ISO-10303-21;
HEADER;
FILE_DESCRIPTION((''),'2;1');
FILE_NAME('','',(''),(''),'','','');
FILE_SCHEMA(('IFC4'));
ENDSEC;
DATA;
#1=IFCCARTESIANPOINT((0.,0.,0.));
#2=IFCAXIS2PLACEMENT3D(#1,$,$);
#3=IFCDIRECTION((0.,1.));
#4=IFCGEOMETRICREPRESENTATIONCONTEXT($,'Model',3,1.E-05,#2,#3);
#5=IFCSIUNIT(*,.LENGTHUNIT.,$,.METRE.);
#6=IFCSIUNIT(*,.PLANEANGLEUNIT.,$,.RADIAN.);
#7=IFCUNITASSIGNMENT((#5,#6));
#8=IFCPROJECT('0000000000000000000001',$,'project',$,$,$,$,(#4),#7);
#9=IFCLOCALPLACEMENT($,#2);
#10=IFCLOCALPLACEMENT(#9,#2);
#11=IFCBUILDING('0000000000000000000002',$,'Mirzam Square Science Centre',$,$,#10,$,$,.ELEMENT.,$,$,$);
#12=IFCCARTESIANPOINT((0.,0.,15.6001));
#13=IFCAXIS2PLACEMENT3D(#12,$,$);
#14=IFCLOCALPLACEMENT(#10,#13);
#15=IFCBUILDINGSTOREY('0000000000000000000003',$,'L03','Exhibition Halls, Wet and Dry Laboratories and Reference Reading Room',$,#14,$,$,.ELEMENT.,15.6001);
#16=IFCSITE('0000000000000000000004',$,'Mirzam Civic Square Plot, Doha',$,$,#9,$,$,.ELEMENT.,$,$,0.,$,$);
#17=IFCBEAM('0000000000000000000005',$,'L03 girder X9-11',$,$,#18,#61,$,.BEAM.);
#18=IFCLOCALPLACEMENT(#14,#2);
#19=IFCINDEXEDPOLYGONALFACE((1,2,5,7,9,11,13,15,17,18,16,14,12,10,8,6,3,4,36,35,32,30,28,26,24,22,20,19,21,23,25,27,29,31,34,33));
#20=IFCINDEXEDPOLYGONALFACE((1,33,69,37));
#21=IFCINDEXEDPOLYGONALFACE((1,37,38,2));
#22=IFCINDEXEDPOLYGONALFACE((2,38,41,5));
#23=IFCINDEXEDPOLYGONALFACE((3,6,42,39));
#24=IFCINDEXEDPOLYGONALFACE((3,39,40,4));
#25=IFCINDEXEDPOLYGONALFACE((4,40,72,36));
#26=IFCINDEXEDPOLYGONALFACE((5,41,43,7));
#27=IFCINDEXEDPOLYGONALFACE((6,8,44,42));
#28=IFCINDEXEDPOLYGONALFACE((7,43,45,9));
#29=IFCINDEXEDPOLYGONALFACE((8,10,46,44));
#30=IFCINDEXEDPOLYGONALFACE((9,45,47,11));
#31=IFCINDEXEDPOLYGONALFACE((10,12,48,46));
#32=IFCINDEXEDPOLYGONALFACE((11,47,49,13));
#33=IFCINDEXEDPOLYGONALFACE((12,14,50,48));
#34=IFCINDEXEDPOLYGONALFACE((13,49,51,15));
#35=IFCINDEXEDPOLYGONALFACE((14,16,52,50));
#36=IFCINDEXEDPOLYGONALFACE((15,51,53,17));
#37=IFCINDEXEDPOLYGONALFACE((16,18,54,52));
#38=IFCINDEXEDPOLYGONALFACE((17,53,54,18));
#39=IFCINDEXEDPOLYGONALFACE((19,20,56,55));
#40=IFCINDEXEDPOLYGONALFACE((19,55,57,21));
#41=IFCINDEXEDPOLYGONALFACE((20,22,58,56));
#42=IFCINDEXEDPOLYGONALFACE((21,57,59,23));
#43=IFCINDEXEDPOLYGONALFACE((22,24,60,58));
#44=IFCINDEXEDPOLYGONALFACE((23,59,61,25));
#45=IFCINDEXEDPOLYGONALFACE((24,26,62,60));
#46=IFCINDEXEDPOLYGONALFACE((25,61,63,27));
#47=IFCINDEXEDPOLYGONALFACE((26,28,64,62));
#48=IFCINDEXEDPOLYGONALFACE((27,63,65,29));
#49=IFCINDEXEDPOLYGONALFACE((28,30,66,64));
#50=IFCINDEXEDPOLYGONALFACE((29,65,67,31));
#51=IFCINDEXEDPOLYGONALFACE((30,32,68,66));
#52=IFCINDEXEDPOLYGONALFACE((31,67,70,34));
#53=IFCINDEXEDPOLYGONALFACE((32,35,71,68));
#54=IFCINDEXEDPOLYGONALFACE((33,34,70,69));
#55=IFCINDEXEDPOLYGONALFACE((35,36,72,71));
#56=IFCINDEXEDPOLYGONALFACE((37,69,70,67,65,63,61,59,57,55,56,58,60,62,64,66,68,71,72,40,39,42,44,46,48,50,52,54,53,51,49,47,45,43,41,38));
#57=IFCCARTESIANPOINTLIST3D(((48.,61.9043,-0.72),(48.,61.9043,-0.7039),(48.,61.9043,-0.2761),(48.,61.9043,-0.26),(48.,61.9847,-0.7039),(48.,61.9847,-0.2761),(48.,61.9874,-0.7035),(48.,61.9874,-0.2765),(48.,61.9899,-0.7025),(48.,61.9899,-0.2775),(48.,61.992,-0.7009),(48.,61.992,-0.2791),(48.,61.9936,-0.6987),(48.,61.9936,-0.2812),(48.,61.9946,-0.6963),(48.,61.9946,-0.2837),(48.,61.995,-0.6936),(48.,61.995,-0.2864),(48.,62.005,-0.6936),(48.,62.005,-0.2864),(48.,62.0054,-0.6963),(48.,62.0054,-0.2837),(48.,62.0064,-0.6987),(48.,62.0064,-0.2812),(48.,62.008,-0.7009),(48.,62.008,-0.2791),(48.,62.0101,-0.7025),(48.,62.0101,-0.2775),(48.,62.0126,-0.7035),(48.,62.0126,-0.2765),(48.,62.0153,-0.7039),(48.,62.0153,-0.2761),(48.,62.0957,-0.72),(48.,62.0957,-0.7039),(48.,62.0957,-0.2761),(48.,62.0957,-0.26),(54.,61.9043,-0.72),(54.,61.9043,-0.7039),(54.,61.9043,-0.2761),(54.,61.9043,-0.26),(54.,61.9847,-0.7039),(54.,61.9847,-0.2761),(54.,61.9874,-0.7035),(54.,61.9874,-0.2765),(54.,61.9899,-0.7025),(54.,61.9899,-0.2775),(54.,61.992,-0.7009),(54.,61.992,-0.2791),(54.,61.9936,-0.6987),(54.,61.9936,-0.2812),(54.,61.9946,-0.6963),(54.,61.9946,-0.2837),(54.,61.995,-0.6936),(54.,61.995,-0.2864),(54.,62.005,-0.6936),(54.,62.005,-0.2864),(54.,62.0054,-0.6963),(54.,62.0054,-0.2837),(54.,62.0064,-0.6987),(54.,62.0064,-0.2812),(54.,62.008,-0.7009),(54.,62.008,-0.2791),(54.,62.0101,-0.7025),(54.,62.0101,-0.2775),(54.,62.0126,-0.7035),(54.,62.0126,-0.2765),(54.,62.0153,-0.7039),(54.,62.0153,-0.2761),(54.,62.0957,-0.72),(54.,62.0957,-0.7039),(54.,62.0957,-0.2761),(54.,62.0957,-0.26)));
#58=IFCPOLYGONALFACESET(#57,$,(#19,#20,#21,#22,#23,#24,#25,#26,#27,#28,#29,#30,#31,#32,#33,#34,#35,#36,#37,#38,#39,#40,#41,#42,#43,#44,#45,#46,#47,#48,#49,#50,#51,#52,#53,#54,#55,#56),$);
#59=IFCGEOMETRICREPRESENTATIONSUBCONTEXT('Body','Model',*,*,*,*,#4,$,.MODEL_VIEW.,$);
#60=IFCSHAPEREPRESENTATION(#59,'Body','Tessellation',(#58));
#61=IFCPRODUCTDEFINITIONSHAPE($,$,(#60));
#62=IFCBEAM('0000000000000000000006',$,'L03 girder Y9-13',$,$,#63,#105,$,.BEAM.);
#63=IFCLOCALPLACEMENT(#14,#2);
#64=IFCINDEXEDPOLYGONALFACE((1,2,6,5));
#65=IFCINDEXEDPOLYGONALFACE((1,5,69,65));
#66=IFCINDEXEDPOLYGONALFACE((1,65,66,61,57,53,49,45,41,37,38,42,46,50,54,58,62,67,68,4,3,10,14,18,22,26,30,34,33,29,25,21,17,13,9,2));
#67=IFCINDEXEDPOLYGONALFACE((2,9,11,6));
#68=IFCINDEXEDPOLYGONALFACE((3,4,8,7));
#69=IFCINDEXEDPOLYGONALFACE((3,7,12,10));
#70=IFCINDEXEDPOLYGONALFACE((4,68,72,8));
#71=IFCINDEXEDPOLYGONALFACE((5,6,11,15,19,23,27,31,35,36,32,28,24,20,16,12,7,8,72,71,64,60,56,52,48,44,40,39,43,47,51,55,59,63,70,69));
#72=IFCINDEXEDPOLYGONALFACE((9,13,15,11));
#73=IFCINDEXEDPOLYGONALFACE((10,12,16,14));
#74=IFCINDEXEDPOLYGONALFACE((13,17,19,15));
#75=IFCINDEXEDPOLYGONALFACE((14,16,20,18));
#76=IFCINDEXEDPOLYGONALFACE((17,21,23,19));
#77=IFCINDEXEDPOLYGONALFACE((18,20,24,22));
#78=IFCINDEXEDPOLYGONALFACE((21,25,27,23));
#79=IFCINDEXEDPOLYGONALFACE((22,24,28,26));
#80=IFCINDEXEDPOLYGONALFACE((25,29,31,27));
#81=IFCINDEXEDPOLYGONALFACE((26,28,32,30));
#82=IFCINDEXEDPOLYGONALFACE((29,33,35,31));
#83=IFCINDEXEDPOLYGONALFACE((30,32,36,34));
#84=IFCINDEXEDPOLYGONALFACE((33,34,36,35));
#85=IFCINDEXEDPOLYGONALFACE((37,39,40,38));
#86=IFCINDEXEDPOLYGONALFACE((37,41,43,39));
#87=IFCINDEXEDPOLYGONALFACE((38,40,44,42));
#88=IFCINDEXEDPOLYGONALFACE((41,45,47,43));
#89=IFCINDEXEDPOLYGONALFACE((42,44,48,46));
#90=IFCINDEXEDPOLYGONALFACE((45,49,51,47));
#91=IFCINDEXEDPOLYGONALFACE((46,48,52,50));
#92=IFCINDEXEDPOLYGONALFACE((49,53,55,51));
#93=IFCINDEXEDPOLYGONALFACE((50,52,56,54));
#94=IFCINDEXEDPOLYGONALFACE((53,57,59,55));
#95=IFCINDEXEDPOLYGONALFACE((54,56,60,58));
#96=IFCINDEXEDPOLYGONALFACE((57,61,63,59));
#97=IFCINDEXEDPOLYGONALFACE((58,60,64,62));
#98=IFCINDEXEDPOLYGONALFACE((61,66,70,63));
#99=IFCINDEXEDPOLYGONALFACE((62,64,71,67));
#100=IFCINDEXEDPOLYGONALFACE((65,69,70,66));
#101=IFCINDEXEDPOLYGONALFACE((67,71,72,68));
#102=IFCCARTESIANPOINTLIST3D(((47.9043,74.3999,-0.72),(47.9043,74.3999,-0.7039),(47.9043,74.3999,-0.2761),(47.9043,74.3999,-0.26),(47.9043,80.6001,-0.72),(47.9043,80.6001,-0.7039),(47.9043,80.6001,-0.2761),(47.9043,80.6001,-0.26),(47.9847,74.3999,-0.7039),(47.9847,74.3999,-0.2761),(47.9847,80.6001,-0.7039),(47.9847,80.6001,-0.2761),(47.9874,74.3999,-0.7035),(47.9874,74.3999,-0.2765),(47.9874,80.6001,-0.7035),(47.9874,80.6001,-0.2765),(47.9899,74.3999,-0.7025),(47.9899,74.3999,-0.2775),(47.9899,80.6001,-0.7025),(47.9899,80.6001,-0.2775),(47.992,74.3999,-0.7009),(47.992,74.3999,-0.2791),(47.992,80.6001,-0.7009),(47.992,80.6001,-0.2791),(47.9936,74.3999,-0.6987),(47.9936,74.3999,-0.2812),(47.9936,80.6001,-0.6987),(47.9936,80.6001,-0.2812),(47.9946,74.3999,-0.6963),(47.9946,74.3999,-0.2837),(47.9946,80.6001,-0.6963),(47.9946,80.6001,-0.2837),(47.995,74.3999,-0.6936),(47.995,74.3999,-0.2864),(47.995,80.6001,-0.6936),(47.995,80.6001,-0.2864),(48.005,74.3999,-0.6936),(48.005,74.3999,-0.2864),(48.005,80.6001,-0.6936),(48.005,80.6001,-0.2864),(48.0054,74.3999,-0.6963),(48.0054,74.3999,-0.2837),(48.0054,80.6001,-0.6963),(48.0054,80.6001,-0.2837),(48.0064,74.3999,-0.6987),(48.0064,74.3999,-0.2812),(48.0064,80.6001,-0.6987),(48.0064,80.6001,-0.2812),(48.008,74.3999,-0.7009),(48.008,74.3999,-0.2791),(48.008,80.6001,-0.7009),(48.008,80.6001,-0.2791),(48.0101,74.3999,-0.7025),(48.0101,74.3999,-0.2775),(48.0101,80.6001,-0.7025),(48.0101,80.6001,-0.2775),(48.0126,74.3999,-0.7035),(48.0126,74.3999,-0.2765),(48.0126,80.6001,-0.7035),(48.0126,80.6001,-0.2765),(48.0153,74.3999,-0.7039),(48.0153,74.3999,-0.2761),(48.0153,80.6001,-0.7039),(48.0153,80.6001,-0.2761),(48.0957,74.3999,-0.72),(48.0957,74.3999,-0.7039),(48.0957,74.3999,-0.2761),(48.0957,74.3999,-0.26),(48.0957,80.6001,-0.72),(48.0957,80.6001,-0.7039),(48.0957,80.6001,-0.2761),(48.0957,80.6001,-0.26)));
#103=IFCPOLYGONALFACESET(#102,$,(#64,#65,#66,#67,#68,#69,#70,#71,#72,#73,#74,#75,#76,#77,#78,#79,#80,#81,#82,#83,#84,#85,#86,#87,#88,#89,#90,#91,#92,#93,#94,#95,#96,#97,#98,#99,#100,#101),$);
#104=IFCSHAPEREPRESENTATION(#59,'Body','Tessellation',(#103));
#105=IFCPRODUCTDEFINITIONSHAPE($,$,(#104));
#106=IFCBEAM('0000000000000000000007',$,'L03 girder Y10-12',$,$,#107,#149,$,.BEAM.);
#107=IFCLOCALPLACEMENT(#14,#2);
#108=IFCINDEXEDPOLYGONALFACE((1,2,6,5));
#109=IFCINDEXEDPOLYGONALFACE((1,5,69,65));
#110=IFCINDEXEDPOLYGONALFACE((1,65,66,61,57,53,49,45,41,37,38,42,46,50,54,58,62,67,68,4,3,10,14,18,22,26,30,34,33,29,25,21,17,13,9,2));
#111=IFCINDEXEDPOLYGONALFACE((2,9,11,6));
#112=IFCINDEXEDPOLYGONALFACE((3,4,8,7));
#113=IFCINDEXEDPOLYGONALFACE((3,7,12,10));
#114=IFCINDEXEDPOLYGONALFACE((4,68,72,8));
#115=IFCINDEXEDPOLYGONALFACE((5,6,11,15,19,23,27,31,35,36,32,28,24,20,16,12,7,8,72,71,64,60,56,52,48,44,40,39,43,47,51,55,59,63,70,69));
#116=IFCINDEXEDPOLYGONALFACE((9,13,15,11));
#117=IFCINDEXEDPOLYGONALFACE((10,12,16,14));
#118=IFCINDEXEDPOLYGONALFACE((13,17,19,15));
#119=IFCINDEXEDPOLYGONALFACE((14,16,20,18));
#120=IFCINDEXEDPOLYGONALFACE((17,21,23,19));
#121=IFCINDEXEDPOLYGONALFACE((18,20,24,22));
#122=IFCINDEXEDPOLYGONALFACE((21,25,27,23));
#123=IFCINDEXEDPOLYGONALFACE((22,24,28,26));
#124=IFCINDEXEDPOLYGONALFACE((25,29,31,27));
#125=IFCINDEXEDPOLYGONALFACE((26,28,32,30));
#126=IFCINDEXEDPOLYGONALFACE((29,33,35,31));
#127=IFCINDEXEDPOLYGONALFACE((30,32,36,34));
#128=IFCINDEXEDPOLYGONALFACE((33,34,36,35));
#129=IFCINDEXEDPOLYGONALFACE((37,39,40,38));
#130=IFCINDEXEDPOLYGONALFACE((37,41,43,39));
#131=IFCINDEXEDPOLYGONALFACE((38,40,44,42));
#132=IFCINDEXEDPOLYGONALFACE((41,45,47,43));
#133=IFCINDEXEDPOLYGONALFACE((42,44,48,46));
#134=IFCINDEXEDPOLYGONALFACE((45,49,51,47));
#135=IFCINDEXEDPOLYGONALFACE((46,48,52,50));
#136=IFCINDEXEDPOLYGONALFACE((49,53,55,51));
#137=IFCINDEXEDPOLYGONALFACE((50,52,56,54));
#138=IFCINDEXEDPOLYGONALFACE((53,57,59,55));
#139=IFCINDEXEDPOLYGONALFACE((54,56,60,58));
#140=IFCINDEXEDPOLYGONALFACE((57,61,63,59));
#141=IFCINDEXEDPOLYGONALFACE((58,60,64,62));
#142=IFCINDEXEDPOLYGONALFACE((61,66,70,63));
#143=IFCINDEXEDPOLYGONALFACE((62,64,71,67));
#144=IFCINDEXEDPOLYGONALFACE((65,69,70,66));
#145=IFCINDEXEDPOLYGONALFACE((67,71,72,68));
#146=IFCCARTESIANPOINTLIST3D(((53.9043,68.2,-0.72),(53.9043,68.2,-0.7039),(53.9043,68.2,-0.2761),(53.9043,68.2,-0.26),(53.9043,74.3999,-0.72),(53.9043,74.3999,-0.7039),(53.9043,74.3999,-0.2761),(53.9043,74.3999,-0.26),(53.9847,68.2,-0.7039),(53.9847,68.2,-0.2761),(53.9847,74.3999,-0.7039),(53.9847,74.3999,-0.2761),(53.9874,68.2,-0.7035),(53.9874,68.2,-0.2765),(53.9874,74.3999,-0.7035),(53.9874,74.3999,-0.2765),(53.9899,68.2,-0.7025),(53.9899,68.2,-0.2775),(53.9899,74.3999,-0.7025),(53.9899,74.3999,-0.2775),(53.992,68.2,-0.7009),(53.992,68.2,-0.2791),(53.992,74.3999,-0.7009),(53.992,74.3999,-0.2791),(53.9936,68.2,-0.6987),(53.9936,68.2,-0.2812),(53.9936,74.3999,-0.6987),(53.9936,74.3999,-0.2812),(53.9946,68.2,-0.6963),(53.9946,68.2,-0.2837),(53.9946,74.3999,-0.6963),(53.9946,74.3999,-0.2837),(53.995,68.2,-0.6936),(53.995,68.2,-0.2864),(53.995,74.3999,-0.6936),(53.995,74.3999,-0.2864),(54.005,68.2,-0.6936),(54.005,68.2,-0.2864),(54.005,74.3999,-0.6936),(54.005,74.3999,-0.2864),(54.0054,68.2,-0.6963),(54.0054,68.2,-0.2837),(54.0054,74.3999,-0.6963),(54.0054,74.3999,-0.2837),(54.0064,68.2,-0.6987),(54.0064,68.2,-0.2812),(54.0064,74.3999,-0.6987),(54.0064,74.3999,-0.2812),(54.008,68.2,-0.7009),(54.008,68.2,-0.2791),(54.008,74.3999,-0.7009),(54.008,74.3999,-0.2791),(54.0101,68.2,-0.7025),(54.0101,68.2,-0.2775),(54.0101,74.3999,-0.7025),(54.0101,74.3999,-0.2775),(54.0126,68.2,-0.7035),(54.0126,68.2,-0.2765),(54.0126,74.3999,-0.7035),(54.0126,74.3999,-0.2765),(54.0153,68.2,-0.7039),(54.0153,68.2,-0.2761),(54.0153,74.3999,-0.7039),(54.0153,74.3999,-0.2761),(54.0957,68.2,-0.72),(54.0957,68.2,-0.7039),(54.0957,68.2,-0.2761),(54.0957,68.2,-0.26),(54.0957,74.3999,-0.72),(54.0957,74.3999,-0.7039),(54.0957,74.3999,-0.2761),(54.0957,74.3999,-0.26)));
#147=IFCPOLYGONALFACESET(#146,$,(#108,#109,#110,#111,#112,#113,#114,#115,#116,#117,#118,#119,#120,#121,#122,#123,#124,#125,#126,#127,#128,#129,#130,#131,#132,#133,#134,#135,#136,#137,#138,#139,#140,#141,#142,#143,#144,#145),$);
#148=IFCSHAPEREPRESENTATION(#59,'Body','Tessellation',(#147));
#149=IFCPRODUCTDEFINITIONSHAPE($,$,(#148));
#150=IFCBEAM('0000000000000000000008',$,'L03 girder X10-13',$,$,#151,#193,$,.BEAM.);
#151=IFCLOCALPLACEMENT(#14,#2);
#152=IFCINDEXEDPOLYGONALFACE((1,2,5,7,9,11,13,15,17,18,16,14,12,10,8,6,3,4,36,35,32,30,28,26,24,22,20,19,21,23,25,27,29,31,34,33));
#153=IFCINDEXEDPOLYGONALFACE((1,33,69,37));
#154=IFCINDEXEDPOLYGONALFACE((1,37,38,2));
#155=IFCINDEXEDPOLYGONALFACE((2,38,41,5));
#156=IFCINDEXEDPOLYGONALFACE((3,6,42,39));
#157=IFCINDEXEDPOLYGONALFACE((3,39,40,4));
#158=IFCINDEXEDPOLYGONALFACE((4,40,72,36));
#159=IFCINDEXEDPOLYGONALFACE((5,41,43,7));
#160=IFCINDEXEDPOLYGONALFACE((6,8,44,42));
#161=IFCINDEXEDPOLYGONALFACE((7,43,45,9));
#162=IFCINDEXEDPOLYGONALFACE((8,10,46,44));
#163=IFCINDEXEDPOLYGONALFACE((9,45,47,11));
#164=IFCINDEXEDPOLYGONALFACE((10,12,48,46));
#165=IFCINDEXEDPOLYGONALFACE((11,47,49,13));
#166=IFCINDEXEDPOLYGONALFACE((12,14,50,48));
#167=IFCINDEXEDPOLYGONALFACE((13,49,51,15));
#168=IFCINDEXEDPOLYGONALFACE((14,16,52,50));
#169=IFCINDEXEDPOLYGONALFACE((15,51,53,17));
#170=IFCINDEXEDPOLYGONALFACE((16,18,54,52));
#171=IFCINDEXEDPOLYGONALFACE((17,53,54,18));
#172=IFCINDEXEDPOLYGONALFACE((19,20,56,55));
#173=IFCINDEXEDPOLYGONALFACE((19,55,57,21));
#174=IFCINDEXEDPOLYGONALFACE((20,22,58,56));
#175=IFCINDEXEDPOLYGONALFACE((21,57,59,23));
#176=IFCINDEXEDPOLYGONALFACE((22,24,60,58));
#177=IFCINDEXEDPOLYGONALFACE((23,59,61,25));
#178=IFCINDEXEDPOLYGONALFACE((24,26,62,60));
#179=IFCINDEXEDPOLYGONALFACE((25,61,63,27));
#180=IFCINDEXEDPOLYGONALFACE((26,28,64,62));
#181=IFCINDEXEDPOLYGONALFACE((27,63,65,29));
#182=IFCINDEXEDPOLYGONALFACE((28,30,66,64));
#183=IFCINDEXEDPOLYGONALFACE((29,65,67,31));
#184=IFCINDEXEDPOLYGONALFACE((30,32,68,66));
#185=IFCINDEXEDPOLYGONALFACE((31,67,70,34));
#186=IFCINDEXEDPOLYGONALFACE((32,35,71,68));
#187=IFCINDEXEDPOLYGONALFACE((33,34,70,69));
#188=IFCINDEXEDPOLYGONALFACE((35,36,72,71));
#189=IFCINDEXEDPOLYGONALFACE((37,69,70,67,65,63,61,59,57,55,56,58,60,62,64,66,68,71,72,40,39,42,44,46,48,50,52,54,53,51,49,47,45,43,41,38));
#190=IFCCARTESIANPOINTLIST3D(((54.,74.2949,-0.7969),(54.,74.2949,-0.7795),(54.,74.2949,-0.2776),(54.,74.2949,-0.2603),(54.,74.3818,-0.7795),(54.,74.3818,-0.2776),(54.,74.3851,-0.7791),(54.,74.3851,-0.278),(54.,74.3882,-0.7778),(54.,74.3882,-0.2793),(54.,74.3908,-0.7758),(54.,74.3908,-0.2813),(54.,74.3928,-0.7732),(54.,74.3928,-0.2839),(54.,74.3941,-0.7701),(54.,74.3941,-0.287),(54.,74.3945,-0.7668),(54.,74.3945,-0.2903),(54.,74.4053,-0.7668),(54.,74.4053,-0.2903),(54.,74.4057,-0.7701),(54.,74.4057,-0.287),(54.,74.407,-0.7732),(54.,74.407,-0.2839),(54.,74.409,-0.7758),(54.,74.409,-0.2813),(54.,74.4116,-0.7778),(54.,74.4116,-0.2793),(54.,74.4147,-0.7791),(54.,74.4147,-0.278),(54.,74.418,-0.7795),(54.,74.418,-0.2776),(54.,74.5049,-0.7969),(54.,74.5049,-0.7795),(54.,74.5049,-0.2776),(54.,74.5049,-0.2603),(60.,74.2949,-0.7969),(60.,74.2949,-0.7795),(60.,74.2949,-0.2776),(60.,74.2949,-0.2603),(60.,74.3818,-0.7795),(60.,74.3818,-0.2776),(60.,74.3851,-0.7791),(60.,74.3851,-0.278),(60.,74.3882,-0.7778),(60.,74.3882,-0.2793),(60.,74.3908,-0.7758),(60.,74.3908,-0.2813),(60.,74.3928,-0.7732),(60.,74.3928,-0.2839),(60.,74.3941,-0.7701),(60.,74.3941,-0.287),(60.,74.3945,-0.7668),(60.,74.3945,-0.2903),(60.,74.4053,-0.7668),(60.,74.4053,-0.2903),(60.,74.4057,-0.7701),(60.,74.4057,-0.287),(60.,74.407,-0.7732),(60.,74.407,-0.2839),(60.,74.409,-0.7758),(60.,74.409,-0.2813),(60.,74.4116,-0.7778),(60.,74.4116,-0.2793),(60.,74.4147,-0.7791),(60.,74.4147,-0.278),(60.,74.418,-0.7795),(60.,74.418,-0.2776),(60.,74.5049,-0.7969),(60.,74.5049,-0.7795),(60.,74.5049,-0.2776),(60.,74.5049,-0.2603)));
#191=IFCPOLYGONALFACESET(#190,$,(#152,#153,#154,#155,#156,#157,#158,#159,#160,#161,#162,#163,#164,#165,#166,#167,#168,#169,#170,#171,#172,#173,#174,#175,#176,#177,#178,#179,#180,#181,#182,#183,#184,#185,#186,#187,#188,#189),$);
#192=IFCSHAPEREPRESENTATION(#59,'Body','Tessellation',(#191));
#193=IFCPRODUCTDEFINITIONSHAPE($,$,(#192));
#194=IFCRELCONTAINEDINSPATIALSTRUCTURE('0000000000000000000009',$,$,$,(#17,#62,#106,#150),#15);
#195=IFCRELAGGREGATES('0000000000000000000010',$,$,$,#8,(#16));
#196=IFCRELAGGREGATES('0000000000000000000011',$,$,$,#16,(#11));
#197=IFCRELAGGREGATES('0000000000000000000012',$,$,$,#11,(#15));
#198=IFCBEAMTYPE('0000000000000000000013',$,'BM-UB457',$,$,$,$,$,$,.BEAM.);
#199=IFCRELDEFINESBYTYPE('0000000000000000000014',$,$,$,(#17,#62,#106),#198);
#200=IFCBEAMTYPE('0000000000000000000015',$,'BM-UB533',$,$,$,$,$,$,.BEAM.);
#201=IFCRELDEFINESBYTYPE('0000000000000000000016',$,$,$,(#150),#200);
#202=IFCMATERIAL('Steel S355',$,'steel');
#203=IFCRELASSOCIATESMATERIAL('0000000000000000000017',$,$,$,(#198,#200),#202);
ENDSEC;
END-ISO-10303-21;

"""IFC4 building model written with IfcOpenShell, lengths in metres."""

from ifc_helpers import new_model, si_unit, direction, frame, origin, origin_2d, place, context, subcontext, project, spatial, i_section, extrude, material, material_profile, profile_set, type_object, element, save


model = new_model("IFC4")

# Units and contexts
model_context = context("Model", 3, precision=1e-05, world=origin(), true_north=direction((0.0, 1.0)))
body_context = subcontext(model_context, "Body", "Model", "MODEL_VIEW")
ifc_project = project(units=[si_unit("LENGTHUNIT", "METRE"), si_unit("PLANEANGLEUNIT", "RADIAN")], contexts=[model_context])

# Site, building, storey
site_placement = place(None, origin())
site = spatial("IfcSite", under=ifc_project, at=site_placement, Name="Mirzam Civic Square Plot, Doha", CompositionType="ELEMENT", RefElevation=0.0)
building_placement = place(site_placement, origin())
building = spatial("IfcBuilding", under=site, at=building_placement, Name="Mirzam Square Science Centre", CompositionType="ELEMENT")
storey_placement = place(building_placement, frame((0.0, 0.0, 15.6001)))
storey = spatial("IfcBuildingStorey", under=building, at=storey_placement, Name="L03", Description="Exhibition Halls, Wet and Dry Laboratories and Reference Reading Room", CompositionType="ELEMENT", Elevation=15.6001)

# Shared definitions
ifc_material_1 = material(Name="Steel S355", Category="steel")

# Beams
ifc_material_profile_1 = material_profile(ifc_material_1, i_section(OverallWidth=0.1914, OverallDepth=0.46, WebThickness=0.01, FlangeThickness=0.0161, FilletRadius=0.0103, at=origin_2d()), Name="457x191x82UB")
ifc_profile_set_1 = profile_set([ifc_material_profile_1], Name="Steel S355")
beam_type_1 = type_object("IfcBeamType", Name="BM-UB457", PredefinedType="BEAM", material=ifc_profile_set_1)
beam_1_placement = place(storey_placement, frame((48.0, 62.0, -0.49), z_axis=(1.0, 0.0, 0.0), x_axis=(0.0, 1.0, 0.0)))
element("IfcBeam", 1, at=beam_1_placement, inside=storey, type_object=beam_type_1, Name="L03 girder X9-11", PredefinedType="BEAM", context=body_context, shape_type="SweptSolid", body=[
    extrude(i_section(OverallWidth=0.1914, OverallDepth=0.46, WebThickness=0.01, FlangeThickness=0.0161, FilletRadius=0.0103, at=origin_2d()), origin(), (0.0, 0.0, 1.0), 6.0),
])
beam_2_placement = place(storey_placement, frame((48.0, 74.3999, -0.49), z_axis=(0.0, 1.0, 0.0), x_axis=(-1.0, 0.0, 0.0)))
element("IfcBeam", 2, at=beam_2_placement, inside=storey, type_object=beam_type_1, Name="L03 girder Y9-13", PredefinedType="BEAM", context=body_context, shape_type="SweptSolid", body=[
    extrude(i_section(OverallWidth=0.1914, OverallDepth=0.46, WebThickness=0.01, FlangeThickness=0.0161, FilletRadius=0.0103, at=origin_2d()), origin(), (0.0, 0.0, 1.0), 6.2002),
])
beam_3_placement = place(storey_placement, frame((54.0, 68.2, -0.49), z_axis=(0.0, 1.0, 0.0), x_axis=(-1.0, 0.0, 0.0)))
element("IfcBeam", 3, at=beam_3_placement, inside=storey, type_object=beam_type_1, Name="L03 girder Y10-12", PredefinedType="BEAM", context=body_context, shape_type="SweptSolid", body=[
    extrude(i_section(OverallWidth=0.1914, OverallDepth=0.46, WebThickness=0.01, FlangeThickness=0.0161, FilletRadius=0.0103, at=origin_2d()), origin(), (0.0, 0.0, 1.0), 6.2),
])
ifc_material_profile_2 = material_profile(ifc_material_1, i_section(OverallWidth=0.21, OverallDepth=0.5366, WebThickness=0.0107, FlangeThickness=0.0173, FilletRadius=0.0127, at=origin_2d()), Name="533x210x101UB")
ifc_profile_set_2 = profile_set([ifc_material_profile_2], Name="Steel S355")
beam_type_2 = type_object("IfcBeamType", Name="BM-UB533", PredefinedType="BEAM", material=ifc_profile_set_2)
beam_4_placement = place(storey_placement, frame((54.0, 74.3999, -0.5286), z_axis=(1.0, 0.0, 0.0), x_axis=(0.0, 1.0, 0.0)))
element("IfcBeam", 4, at=beam_4_placement, inside=storey, type_object=beam_type_2, Name="L03 girder X10-13", PredefinedType="BEAM", context=body_context, shape_type="SweptSolid", body=[
    extrude(i_section(OverallWidth=0.21, OverallDepth=0.5366, WebThickness=0.0107, FlangeThickness=0.0173, FilletRadius=0.0127, at=origin_2d()), origin(), (0.0, 0.0, 1.0), 6.0),
])

save(model, "model.ifc")
